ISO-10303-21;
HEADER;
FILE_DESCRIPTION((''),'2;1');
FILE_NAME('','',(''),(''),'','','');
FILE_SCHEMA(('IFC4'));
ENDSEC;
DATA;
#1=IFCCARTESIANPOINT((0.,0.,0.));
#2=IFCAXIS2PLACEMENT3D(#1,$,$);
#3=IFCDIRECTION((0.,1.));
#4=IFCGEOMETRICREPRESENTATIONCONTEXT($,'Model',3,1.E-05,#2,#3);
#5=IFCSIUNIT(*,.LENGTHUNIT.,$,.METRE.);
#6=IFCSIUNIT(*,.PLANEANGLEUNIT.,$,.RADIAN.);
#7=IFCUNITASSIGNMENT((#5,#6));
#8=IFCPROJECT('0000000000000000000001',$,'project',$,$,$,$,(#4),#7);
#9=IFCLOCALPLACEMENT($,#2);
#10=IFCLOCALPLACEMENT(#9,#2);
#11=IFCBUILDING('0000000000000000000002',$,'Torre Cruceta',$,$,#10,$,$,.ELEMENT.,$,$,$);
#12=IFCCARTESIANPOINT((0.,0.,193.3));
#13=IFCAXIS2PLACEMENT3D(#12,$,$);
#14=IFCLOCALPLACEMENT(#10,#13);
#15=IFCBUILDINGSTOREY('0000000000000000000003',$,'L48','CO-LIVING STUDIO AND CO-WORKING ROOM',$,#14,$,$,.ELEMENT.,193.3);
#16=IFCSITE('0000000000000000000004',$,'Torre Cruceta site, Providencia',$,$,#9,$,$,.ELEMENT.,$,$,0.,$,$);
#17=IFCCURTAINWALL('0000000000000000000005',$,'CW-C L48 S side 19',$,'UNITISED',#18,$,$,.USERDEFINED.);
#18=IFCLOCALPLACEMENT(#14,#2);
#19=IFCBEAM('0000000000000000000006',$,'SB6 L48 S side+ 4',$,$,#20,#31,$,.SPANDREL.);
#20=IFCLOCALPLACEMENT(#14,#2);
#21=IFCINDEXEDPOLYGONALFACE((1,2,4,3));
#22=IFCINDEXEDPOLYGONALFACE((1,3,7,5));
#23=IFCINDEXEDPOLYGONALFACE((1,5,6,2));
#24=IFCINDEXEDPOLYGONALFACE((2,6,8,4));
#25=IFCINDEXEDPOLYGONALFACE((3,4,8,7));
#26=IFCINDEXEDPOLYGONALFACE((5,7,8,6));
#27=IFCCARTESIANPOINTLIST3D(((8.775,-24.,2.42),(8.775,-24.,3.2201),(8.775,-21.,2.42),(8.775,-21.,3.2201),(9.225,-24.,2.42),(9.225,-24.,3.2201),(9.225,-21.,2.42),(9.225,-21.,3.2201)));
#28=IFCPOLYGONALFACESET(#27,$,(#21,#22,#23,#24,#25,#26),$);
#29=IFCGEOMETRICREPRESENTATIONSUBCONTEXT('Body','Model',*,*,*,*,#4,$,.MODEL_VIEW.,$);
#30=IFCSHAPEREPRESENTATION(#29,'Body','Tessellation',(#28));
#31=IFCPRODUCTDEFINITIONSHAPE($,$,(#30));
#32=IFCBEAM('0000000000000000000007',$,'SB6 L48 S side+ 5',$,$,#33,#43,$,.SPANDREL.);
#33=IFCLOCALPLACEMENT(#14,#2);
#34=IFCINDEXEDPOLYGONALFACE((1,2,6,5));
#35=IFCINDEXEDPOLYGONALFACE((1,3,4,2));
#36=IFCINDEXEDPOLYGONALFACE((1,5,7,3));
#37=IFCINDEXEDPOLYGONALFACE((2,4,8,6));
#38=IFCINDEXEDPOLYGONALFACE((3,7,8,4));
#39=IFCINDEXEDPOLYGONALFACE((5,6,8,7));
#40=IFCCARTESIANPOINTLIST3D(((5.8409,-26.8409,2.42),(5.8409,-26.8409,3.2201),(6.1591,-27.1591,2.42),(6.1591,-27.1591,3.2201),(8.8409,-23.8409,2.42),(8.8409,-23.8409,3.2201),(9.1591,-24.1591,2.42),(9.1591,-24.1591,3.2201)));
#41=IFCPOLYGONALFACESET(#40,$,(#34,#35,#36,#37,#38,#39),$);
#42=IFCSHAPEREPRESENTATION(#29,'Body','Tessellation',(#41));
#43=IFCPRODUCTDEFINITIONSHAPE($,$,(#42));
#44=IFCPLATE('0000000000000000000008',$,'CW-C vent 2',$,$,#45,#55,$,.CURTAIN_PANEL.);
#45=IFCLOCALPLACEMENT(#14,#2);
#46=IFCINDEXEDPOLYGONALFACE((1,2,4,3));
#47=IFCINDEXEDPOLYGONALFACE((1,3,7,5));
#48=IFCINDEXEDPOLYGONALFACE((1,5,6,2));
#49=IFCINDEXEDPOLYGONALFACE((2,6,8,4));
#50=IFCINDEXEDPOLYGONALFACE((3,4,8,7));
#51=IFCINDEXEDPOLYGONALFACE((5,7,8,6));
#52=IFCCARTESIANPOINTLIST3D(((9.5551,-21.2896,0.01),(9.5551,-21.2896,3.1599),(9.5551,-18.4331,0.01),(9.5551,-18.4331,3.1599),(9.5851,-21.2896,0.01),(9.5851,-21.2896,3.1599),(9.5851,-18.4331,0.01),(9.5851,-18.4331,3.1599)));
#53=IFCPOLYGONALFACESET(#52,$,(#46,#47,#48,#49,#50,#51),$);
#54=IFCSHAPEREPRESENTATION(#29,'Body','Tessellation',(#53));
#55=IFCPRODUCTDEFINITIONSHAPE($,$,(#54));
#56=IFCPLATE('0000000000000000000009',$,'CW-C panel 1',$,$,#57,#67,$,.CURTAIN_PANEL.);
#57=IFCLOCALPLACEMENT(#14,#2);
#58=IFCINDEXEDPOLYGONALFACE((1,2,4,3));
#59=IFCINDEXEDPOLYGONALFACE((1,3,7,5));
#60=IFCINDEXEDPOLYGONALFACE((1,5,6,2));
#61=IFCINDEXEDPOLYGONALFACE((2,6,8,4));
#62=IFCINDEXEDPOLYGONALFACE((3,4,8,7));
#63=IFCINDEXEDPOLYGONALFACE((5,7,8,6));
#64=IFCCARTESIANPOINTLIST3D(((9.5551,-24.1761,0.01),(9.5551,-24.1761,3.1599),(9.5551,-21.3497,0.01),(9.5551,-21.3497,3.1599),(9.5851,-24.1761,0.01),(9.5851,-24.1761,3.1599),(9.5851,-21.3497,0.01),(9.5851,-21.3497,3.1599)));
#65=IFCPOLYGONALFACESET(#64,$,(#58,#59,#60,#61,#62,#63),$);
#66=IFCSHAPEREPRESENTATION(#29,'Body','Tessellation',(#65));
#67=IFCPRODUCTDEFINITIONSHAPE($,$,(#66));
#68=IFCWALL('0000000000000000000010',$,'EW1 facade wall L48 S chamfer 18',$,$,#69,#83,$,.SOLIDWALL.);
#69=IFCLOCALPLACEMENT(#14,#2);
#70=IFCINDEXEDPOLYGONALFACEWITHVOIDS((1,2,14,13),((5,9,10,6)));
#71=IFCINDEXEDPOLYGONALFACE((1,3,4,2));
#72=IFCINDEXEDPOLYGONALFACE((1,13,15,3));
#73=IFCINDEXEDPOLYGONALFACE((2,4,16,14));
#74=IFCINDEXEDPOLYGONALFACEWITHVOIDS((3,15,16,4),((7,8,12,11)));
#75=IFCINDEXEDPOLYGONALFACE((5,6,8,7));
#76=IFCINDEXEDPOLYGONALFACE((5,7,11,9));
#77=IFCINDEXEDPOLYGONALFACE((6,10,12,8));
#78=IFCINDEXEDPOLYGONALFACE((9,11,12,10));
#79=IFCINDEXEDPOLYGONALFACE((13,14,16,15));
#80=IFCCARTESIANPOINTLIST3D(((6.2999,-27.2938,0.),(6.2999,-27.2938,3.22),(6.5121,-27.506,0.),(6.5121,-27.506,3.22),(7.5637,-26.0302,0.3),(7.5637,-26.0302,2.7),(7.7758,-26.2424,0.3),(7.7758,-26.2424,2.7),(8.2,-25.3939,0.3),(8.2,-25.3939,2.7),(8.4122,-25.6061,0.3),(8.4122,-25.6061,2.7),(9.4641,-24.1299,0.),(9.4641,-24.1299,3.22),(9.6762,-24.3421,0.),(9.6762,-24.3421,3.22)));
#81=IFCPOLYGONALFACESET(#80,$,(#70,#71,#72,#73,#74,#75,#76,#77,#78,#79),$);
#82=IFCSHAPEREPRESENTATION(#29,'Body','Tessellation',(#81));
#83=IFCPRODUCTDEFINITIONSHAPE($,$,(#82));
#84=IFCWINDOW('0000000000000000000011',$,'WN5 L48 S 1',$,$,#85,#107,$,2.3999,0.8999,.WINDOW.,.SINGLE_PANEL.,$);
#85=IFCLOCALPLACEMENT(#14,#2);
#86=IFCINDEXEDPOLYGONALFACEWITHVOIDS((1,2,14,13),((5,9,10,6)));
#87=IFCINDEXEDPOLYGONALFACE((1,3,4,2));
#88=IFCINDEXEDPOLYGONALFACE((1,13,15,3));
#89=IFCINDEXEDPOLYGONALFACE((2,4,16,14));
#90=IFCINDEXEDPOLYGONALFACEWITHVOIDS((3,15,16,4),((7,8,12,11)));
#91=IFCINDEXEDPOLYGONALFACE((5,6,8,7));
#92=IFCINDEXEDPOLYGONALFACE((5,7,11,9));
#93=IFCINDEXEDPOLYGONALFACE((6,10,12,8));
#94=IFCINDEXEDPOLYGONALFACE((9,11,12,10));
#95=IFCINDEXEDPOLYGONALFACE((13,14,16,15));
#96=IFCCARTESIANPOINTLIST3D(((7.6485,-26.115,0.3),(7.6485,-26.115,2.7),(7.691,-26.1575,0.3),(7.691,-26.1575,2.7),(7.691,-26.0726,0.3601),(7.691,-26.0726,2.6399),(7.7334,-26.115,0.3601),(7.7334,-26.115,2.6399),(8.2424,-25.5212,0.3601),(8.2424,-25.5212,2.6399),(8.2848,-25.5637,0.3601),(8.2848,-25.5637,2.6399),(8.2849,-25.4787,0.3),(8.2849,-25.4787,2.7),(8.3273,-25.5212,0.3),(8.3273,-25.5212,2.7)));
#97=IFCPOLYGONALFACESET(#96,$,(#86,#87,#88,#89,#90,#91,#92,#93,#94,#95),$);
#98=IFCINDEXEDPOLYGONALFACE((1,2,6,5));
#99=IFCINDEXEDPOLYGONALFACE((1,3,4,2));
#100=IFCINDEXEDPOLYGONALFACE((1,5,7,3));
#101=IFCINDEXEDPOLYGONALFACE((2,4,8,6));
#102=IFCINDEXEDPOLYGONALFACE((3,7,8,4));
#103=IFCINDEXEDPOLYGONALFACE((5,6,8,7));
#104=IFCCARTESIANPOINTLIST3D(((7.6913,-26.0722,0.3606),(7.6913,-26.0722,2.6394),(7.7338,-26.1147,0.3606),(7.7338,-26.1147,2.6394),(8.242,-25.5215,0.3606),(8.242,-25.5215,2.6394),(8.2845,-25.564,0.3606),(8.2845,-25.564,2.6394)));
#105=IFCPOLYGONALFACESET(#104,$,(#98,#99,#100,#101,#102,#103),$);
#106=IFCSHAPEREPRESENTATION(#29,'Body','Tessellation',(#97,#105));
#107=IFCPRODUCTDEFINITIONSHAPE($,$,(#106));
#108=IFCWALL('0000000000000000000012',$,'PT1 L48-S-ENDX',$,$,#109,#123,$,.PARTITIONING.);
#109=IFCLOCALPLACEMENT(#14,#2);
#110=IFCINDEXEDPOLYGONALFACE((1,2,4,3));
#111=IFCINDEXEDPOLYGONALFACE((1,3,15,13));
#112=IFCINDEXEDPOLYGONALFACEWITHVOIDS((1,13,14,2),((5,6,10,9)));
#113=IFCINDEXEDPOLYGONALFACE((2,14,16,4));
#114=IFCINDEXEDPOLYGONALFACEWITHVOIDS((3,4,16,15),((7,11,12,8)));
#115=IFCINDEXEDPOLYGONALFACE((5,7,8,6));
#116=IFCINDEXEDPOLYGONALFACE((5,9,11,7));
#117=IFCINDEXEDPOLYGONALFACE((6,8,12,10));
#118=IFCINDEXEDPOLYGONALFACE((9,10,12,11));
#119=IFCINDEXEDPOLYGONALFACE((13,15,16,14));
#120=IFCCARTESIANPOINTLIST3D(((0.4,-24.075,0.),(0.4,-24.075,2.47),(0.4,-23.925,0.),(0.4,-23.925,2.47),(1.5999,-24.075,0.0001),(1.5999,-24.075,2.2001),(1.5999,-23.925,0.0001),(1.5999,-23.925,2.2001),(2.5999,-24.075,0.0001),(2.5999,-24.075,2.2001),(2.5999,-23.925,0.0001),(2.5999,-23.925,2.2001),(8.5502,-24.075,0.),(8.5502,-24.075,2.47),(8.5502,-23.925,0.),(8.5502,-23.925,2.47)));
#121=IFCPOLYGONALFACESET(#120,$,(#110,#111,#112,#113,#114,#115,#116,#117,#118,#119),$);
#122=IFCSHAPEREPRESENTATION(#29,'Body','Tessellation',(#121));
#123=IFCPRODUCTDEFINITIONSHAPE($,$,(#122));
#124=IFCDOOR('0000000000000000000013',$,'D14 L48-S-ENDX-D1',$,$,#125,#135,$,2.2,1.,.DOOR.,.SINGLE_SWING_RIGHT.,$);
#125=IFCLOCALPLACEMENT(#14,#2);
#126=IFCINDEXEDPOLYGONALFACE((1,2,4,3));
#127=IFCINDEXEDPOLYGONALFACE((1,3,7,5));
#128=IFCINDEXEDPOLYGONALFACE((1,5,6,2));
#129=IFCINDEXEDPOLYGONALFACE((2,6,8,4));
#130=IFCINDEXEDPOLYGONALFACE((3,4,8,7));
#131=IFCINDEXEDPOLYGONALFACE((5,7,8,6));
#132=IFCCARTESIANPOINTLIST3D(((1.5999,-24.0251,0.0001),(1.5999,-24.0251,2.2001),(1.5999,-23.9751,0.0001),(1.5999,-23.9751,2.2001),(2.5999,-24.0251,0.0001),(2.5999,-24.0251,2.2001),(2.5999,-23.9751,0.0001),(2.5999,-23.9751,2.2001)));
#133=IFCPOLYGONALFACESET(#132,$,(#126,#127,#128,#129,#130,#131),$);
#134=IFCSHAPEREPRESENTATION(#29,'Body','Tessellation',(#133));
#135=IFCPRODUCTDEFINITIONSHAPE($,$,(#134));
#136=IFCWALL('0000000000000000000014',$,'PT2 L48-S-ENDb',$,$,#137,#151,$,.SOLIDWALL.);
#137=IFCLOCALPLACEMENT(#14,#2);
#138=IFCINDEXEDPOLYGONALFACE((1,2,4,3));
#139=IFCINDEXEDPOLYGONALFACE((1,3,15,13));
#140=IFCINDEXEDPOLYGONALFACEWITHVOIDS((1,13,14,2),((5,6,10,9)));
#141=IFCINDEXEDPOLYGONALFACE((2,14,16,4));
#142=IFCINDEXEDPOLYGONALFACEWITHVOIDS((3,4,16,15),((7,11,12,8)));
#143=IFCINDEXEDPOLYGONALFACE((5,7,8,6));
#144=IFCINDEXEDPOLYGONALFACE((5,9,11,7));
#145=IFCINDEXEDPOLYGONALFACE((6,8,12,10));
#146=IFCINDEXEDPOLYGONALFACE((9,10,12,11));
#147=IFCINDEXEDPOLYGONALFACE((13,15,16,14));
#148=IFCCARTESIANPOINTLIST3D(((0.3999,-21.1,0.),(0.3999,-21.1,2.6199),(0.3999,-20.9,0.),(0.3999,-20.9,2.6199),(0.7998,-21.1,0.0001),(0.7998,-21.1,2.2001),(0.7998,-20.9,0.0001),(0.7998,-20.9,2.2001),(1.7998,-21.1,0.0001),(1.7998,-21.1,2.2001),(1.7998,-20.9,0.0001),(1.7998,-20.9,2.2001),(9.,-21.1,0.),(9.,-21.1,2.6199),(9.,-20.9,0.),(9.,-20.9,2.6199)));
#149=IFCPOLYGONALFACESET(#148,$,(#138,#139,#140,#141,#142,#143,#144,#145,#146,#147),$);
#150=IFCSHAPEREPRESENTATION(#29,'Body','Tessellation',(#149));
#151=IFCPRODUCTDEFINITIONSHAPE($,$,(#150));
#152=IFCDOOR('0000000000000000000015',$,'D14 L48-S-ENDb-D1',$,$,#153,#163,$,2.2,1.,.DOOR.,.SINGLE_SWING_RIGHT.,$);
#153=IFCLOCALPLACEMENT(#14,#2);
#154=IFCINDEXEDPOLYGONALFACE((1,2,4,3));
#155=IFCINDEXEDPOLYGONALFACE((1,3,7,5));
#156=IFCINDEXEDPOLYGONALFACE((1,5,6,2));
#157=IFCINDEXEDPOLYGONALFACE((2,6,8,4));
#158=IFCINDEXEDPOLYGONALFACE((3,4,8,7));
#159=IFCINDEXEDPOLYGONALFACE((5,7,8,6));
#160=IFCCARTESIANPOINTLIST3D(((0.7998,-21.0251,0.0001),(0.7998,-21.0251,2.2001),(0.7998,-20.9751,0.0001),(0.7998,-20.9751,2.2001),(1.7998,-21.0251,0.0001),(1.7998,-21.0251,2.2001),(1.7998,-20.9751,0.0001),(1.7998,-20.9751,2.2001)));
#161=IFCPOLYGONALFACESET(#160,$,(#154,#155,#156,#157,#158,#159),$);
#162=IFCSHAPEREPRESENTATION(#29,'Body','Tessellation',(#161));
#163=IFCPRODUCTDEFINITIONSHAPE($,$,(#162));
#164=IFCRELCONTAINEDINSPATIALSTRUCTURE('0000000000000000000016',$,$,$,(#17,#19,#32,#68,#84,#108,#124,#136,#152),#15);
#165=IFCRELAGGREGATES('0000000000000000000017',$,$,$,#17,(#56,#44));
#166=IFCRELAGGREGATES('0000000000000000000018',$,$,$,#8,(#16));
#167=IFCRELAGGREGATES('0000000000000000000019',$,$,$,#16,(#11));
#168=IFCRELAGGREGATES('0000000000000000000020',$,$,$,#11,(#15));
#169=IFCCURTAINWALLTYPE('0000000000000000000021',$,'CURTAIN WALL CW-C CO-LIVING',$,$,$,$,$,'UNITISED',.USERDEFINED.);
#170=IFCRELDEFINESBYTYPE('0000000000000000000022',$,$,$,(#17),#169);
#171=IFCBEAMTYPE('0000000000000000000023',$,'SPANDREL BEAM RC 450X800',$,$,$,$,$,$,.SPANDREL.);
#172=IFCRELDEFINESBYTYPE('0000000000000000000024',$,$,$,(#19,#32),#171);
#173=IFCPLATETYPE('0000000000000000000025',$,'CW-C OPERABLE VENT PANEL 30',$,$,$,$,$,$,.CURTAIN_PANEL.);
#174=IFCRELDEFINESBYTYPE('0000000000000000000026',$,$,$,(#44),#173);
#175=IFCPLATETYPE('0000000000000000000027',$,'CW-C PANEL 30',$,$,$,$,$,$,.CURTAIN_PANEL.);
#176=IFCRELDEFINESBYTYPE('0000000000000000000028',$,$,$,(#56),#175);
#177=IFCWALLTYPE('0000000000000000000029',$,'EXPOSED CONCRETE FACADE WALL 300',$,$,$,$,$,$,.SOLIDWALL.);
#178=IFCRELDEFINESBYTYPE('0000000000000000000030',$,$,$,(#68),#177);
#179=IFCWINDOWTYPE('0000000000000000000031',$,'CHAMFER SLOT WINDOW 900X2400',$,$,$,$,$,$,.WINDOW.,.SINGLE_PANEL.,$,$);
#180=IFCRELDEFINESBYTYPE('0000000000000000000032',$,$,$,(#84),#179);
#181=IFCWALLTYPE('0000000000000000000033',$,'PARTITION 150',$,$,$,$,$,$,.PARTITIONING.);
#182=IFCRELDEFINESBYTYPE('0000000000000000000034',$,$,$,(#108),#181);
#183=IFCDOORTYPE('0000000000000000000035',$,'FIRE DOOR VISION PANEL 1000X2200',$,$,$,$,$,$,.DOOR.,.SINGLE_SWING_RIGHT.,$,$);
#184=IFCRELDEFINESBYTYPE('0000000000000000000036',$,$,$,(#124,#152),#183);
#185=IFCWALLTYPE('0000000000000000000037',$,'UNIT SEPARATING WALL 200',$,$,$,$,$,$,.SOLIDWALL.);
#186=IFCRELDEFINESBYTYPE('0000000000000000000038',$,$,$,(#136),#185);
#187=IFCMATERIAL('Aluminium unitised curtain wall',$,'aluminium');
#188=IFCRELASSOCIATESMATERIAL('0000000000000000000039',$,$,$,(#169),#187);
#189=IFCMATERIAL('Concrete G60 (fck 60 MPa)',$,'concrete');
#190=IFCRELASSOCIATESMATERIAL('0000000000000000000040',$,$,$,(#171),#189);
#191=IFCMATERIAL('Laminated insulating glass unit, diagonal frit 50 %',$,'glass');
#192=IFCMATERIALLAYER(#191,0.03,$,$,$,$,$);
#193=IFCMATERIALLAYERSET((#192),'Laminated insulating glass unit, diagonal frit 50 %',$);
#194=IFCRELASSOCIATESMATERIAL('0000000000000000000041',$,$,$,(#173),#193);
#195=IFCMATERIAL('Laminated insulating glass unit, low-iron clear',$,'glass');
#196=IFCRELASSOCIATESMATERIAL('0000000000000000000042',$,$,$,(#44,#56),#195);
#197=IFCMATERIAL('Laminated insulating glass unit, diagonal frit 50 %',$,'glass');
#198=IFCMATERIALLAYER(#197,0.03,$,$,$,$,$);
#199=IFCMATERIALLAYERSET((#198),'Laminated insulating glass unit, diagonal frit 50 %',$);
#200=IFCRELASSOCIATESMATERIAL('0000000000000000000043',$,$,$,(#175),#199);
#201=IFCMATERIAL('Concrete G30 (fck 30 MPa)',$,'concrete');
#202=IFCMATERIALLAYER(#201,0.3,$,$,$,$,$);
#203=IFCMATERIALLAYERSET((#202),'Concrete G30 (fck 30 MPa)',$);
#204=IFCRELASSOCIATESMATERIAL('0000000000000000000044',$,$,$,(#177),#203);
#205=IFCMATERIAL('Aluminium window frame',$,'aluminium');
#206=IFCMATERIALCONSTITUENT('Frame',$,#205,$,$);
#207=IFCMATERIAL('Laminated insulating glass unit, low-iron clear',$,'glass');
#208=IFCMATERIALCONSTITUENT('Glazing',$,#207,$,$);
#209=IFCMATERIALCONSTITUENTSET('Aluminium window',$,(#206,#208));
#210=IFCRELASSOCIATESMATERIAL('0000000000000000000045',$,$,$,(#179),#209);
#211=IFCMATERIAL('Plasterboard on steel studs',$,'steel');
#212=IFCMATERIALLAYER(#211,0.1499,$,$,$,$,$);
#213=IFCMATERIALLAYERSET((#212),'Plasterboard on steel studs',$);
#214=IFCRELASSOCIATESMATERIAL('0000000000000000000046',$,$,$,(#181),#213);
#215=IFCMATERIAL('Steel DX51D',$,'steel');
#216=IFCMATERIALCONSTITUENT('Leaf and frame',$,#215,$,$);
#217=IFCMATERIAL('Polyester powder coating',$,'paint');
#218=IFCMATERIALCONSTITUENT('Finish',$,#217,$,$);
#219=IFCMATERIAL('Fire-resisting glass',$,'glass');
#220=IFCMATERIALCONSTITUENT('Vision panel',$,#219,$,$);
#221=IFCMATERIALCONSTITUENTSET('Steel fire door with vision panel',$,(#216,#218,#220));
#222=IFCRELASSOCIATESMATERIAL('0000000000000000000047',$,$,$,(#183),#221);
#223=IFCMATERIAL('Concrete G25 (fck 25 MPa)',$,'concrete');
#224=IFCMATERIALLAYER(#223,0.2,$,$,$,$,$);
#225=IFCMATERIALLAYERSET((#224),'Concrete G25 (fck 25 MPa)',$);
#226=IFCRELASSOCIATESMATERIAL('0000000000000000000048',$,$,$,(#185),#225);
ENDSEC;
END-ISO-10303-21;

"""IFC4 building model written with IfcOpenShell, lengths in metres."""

from ifc_helpers import new_model, si_unit, direction, frame, frame_2d, origin, origin_2d, place, context, subcontext, project, spatial, rectangle, hollow_rectangle, extrude, material, layer, layer_set, constituent, constituent_set, material_profile, profile_set, type_object, element, fill, aggregate, save


model = new_model("IFC4")

# Units and contexts
model_context = context("Model", 3, precision=1e-05, world=origin(), true_north=direction((0.0, 1.0)))
body_context = subcontext(model_context, "Body", "Model", "MODEL_VIEW")
ifc_project = project(units=[si_unit("LENGTHUNIT", "METRE"), si_unit("PLANEANGLEUNIT", "RADIAN")], contexts=[model_context])

# Site, building, storey
site_placement = place(None, origin())
site = spatial("IfcSite", under=ifc_project, at=site_placement, Name="Torre Cruceta site, Providencia", CompositionType="ELEMENT", RefElevation=0.0)
building_placement = place(site_placement, origin())
building = spatial("IfcBuilding", under=site, at=building_placement, Name="Torre Cruceta", CompositionType="ELEMENT")
storey_placement = place(building_placement, frame((0.0, 0.0, 193.3)))
storey = spatial("IfcBuildingStorey", under=building, at=storey_placement, Name="L48", Description="CO-LIVING STUDIO AND CO-WORKING ROOM", CompositionType="ELEMENT", Elevation=193.3)

# Curtain wall
ifc_material_1 = material(Name="Aluminium unitised curtain wall", Category="aluminium")
curtain_wall_type = type_object("IfcCurtainWallType", Name="CURTAIN WALL CW-C CO-LIVING", ElementType="UNITISED", PredefinedType="USERDEFINED", material=ifc_material_1)
curtain_wall_placement = place(storey_placement, origin())
curtain_wall = element("IfcCurtainWall", 1, at=curtain_wall_placement, inside=storey, type_object=curtain_wall_type, Name="CW-C L48 S side 19", ObjectType="UNITISED", PredefinedType="USERDEFINED")

# Beams
ifc_material_2 = material(Name="Concrete G60 (fck 60 MPa)", Category="concrete")
ifc_material_profile_1 = material_profile(ifc_material_2, rectangle(XDim=0.45, YDim=0.8, at=origin_2d()), Name="RC 450X800")
ifc_profile_set_1 = profile_set([ifc_material_profile_1], Name="Concrete G60 (fck 60 MPa)")
beam_type_1 = type_object("IfcBeamType", Name="SPANDREL BEAM RC 450X800", PredefinedType="SPANDREL", material=ifc_profile_set_1)
beam_1_placement = place(storey_placement, frame((9.0, -21.0, 2.8201), z_axis=(0.0, -1.0, 0.0), x_axis=(1.0, 0.0, 0.0)))
element("IfcBeam", 2, at=beam_1_placement, inside=storey, type_object=beam_type_1, Name="SB6 L48 S side+ 4", PredefinedType="SPANDREL", context=body_context, shape_type="SweptSolid", body=[
    extrude(rectangle(XDim=0.45, YDim=0.8, at=origin_2d()), origin(), (0.0, 0.0, 1.0), 3.0),
])
beam_2_placement = place(storey_placement, frame((9.0, -24.0, 2.8201), z_axis=(-0.707107, -0.707107, 0.0), x_axis=(0.707107, -0.707107, 0.0)))
element("IfcBeam", 3, at=beam_2_placement, inside=storey, type_object=beam_type_1, Name="SB6 L48 S side+ 5", PredefinedType="SPANDREL", context=body_context, shape_type="SweptSolid", body=[
    extrude(rectangle(XDim=0.45, YDim=0.8, at=origin_2d()), origin(), (0.0, 0.0, 1.0), 4.2427),
])

# Plates
ifc_material_3 = material(Name="Laminated insulating glass unit, low-iron clear", Category="glass")
ifc_material_4 = material(Name="Laminated insulating glass unit, diagonal frit 50 %", Category="glass")
ifc_layer_1 = layer(ifc_material_4, 0.03)
ifc_layer_set_1 = layer_set([ifc_layer_1], Name="Laminated insulating glass unit, diagonal frit 50 %")
plate_type_1 = type_object("IfcPlateType", Name="CW-C OPERABLE VENT PANEL 30", PredefinedType="CURTAIN_PANEL", material=ifc_layer_set_1)
plate_1_placement = place(storey_placement, frame((9.5701, -19.8613, 0.01), z_axis=(0.0, 0.0, 1.0), x_axis=(0.0, 1.0, 0.0)))
plate_1 = element("IfcPlate", 4, at=plate_1_placement, type_object=plate_type_1, material=ifc_material_3, Name="CW-C vent 2", PredefinedType="CURTAIN_PANEL", context=body_context, shape_type="SweptSolid", body=[
    extrude(rectangle(XDim=2.8564, YDim=0.03, at=origin_2d()), origin(), (0.0, 0.0, 1.0), 3.1499),
])
ifc_material_5 = material(Name="Laminated insulating glass unit, diagonal frit 50 %", Category="glass")
ifc_layer_2 = layer(ifc_material_5, 0.03)
ifc_layer_set_2 = layer_set([ifc_layer_2], Name="Laminated insulating glass unit, diagonal frit 50 %")
plate_type_2 = type_object("IfcPlateType", Name="CW-C PANEL 30", PredefinedType="CURTAIN_PANEL", material=ifc_layer_set_2)
plate_2_placement = place(storey_placement, frame((9.5701, -22.7629, 0.01), z_axis=(0.0, 0.0, 1.0), x_axis=(0.0, 1.0, 0.0)))
plate_2 = element("IfcPlate", 5, at=plate_2_placement, type_object=plate_type_2, material=ifc_material_3, Name="CW-C panel 1", PredefinedType="CURTAIN_PANEL", context=body_context, shape_type="SweptSolid", body=[
    extrude(rectangle(XDim=2.8264, YDim=0.03, at=origin_2d()), origin(), (0.0, 0.0, 1.0), 3.1499),
])
aggregate(curtain_wall, [plate_2, plate_1])

# Wall, opening, window
ifc_material_6 = material(Name="Concrete G30 (fck 30 MPa)", Category="concrete")
ifc_layer_3 = layer(ifc_material_6, 0.3)
ifc_layer_set_3 = layer_set([ifc_layer_3], Name="Concrete G30 (fck 30 MPa)")
wall_type_1 = type_object("IfcWallType", Name="EXPOSED CONCRETE FACADE WALL 300", PredefinedType="SOLIDWALL", material=ifc_layer_set_3)
wall_1_placement = place(storey_placement, frame((6.406, -27.3999, 0.0), z_axis=(0.0, 0.0, 1.0), x_axis=(0.707134, 0.707079, 0.0)))
wall_1 = element("IfcWall", 6, at=wall_1_placement, inside=storey, type_object=wall_type_1, Name="EW1 facade wall L48 S chamfer 18", PredefinedType="SOLIDWALL", context=body_context, shape_type="SweptSolid", body=[
    extrude(rectangle(XDim=4.4746, YDim=0.3, at=frame_2d((2.2373, 0.0))), origin(), (0.0, 0.0, 1.0), 3.22),
])
opening_1_placement = place(wall_1_placement, frame((1.7871, 0.0, 0.3)))
opening_1 = element("IfcOpeningElement", 7, at=opening_1_placement, cuts=wall_1, PredefinedType="OPENING", context=body_context, shape_type="SweptSolid", body=[
    extrude(rectangle(XDim=0.8999, YDim=2.3999, at=frame_2d((0.45, 1.2))), frame((0.0, 0.1599, 0.0), z_axis=(0.0, -1.0, 0.0), x_axis=(1.0, 0.0, 0.0)), (0.0, 0.0, 1.0), 0.3201),
])
ifc_material_7 = material(Name="Aluminium window frame", Category="aluminium")
ifc_constituent_1 = constituent(ifc_material_7, Name="Frame")
ifc_material_8 = material(Name="Laminated insulating glass unit, low-iron clear", Category="glass")
ifc_constituent_2 = constituent(ifc_material_8, Name="Glazing")
ifc_constituent_set_1 = constituent_set(constituents=[ifc_constituent_1, ifc_constituent_2], Name="Aluminium window")
window_type = type_object("IfcWindowType", Name="CHAMFER SLOT WINDOW 900X2400", PartitioningType="SINGLE_PANEL", PredefinedType="WINDOW", material=ifc_constituent_set_1)
window_placement = place(opening_1_placement, origin())
window = element("IfcWindow", 8, at=window_placement, inside=storey, type_object=window_type, Name="WN5 L48 S 1", OverallHeight=2.3999, OverallWidth=0.8999, PartitioningType="SINGLE_PANEL", PredefinedType="WINDOW", context=body_context, shape_type="SweptSolid", body=[
    extrude(hollow_rectangle(XDim=0.8999, YDim=2.3999, WallThickness=0.0601, at=frame_2d((0.45, 1.2))), frame((0.0, 0.03, 0.0), z_axis=(0.0, -1.0, 0.0), x_axis=(1.0, 0.0, 0.0)), (0.0, 0.0, 1.0), 0.0601),
    extrude(rectangle(XDim=0.7788, YDim=2.2788, at=frame_2d((0.45, 1.2))), frame((0.0, 0.03, 0.0), z_axis=(0.0, -1.0, 0.0), x_axis=(1.0, 0.0, 0.0)), (0.0, 0.0, 1.0), 0.0601),
])
fill(opening_1, window)

# Walls, openings, doors
ifc_material_9 = material(Name="Plasterboard on steel studs", Category="steel")
ifc_layer_4 = layer(ifc_material_9, 0.1499)
ifc_layer_set_4 = layer_set([ifc_layer_4], Name="Plasterboard on steel studs")
wall_type_2 = type_object("IfcWallType", Name="PARTITION 150", PredefinedType="PARTITIONING", material=ifc_layer_set_4)
wall_2_placement = place(storey_placement, frame((0.3999, -24.0, 0.0), z_axis=(0.0, 0.0, 1.0), x_axis=(1.0, 0.0, 0.0)))
wall_2 = element("IfcWall", 9, at=wall_2_placement, inside=storey, type_object=wall_type_2, Name="PT1 L48-S-ENDX", PredefinedType="PARTITIONING", context=body_context, shape_type="SweptSolid", body=[
    extrude(rectangle(XDim=8.1501, YDim=0.1499, at=frame_2d((4.0752, 0.0))), origin(), (0.0, 0.0, 1.0), 2.47),
])
opening_2_placement = place(wall_2_placement, frame((1.2, 0.0, 0.0)))
opening_2 = element("IfcOpeningElement", 10, at=opening_2_placement, cuts=wall_2, PredefinedType="OPENING", context=body_context, shape_type="SweptSolid", body=[
    extrude(rectangle(XDim=1.0, YDim=2.2, at=frame_2d((0.5, 1.1001))), frame((0.0, 0.085, 0.0), z_axis=(0.0, -1.0, 0.0), x_axis=(1.0, 0.0, 0.0)), (0.0, 0.0, 1.0), 0.1699),
])
ifc_material_10 = material(Name="Steel DX51D", Category="steel")
ifc_constituent_3 = constituent(ifc_material_10, Name="Leaf and frame")
ifc_material_11 = material(Name="Polyester powder coating", Category="paint")
ifc_constituent_4 = constituent(ifc_material_11, Name="Finish")
ifc_material_12 = material(Name="Fire-resisting glass", Category="glass")
ifc_constituent_5 = constituent(ifc_material_12, Name="Vision panel")
ifc_constituent_set_2 = constituent_set(constituents=[ifc_constituent_3, ifc_constituent_4, ifc_constituent_5], Name="Steel fire door with vision panel")
door_type = type_object("IfcDoorType", Name="FIRE DOOR VISION PANEL 1000X2200", OperationType="SINGLE_SWING_RIGHT", PredefinedType="DOOR", material=ifc_constituent_set_2)
door_1_placement = place(opening_2_placement, frame((1.0, 0.0, 0.0), z_axis=(0.0, 0.0, 1.0), x_axis=(-1.0, 0.0, 0.0)))
door_1 = element("IfcDoor", 11, at=door_1_placement, inside=storey, type_object=door_type, Name="D14 L48-S-ENDX-D1", OperationType="SINGLE_SWING_RIGHT", OverallHeight=2.2, OverallWidth=1.0, PredefinedType="DOOR", context=body_context, shape_type="SweptSolid", body=[
    extrude(rectangle(XDim=1.0, YDim=2.2, at=frame_2d((0.5, 1.1001))), frame((0.0, 0.0251, 0.0), z_axis=(0.0, -1.0, 0.0), x_axis=(1.0, 0.0, 0.0)), (0.0, 0.0, 1.0), 0.05),
])
fill(opening_2, door_1)
ifc_material_13 = material(Name="Concrete G25 (fck 25 MPa)", Category="concrete")
ifc_layer_5 = layer(ifc_material_13, 0.2)
ifc_layer_set_5 = layer_set([ifc_layer_5], Name="Concrete G25 (fck 25 MPa)")
wall_type_3 = type_object("IfcWallType", Name="UNIT SEPARATING WALL 200", PredefinedType="SOLIDWALL", material=ifc_layer_set_5)
wall_3_placement = place(storey_placement, frame((0.3999, -21.0, 0.0), z_axis=(0.0, 0.0, 1.0), x_axis=(1.0, 0.0, 0.0)))
wall_3 = element("IfcWall", 12, at=wall_3_placement, inside=storey, type_object=wall_type_3, Name="PT2 L48-S-ENDb", PredefinedType="SOLIDWALL", context=body_context, shape_type="SweptSolid", body=[
    extrude(rectangle(XDim=8.6001, YDim=0.2, at=frame_2d((4.3, 0.0))), origin(), (0.0, 0.0, 1.0), 2.6199),
])
opening_3_placement = place(wall_3_placement, frame((0.3999, 0.0, 0.0)))
opening_3 = element("IfcOpeningElement", 13, at=opening_3_placement, cuts=wall_3, PredefinedType="OPENING", context=body_context, shape_type="SweptSolid", body=[
    extrude(rectangle(XDim=1.0, YDim=2.2, at=frame_2d((0.5, 1.1001))), frame((0.0, 0.1099, 0.0), z_axis=(0.0, -1.0, 0.0), x_axis=(1.0, 0.0, 0.0)), (0.0, 0.0, 1.0), 0.22),
])
door_2_placement = place(opening_3_placement, frame((1.0, 0.0, 0.0), z_axis=(0.0, 0.0, 1.0), x_axis=(-1.0, 0.0, 0.0)))
door_2 = element("IfcDoor", 14, at=door_2_placement, inside=storey, type_object=door_type, Name="D14 L48-S-ENDb-D1", OperationType="SINGLE_SWING_RIGHT", OverallHeight=2.2, OverallWidth=1.0, PredefinedType="DOOR", context=body_context, shape_type="SweptSolid", body=[
    extrude(rectangle(XDim=1.0, YDim=2.2, at=frame_2d((0.5, 1.1001))), frame((0.0, 0.0251, 0.0), z_axis=(0.0, -1.0, 0.0), x_axis=(1.0, 0.0, 0.0)), (0.0, 0.0, 1.0), 0.05),
])
fill(opening_3, door_2)

save(model, "model.ifc")
